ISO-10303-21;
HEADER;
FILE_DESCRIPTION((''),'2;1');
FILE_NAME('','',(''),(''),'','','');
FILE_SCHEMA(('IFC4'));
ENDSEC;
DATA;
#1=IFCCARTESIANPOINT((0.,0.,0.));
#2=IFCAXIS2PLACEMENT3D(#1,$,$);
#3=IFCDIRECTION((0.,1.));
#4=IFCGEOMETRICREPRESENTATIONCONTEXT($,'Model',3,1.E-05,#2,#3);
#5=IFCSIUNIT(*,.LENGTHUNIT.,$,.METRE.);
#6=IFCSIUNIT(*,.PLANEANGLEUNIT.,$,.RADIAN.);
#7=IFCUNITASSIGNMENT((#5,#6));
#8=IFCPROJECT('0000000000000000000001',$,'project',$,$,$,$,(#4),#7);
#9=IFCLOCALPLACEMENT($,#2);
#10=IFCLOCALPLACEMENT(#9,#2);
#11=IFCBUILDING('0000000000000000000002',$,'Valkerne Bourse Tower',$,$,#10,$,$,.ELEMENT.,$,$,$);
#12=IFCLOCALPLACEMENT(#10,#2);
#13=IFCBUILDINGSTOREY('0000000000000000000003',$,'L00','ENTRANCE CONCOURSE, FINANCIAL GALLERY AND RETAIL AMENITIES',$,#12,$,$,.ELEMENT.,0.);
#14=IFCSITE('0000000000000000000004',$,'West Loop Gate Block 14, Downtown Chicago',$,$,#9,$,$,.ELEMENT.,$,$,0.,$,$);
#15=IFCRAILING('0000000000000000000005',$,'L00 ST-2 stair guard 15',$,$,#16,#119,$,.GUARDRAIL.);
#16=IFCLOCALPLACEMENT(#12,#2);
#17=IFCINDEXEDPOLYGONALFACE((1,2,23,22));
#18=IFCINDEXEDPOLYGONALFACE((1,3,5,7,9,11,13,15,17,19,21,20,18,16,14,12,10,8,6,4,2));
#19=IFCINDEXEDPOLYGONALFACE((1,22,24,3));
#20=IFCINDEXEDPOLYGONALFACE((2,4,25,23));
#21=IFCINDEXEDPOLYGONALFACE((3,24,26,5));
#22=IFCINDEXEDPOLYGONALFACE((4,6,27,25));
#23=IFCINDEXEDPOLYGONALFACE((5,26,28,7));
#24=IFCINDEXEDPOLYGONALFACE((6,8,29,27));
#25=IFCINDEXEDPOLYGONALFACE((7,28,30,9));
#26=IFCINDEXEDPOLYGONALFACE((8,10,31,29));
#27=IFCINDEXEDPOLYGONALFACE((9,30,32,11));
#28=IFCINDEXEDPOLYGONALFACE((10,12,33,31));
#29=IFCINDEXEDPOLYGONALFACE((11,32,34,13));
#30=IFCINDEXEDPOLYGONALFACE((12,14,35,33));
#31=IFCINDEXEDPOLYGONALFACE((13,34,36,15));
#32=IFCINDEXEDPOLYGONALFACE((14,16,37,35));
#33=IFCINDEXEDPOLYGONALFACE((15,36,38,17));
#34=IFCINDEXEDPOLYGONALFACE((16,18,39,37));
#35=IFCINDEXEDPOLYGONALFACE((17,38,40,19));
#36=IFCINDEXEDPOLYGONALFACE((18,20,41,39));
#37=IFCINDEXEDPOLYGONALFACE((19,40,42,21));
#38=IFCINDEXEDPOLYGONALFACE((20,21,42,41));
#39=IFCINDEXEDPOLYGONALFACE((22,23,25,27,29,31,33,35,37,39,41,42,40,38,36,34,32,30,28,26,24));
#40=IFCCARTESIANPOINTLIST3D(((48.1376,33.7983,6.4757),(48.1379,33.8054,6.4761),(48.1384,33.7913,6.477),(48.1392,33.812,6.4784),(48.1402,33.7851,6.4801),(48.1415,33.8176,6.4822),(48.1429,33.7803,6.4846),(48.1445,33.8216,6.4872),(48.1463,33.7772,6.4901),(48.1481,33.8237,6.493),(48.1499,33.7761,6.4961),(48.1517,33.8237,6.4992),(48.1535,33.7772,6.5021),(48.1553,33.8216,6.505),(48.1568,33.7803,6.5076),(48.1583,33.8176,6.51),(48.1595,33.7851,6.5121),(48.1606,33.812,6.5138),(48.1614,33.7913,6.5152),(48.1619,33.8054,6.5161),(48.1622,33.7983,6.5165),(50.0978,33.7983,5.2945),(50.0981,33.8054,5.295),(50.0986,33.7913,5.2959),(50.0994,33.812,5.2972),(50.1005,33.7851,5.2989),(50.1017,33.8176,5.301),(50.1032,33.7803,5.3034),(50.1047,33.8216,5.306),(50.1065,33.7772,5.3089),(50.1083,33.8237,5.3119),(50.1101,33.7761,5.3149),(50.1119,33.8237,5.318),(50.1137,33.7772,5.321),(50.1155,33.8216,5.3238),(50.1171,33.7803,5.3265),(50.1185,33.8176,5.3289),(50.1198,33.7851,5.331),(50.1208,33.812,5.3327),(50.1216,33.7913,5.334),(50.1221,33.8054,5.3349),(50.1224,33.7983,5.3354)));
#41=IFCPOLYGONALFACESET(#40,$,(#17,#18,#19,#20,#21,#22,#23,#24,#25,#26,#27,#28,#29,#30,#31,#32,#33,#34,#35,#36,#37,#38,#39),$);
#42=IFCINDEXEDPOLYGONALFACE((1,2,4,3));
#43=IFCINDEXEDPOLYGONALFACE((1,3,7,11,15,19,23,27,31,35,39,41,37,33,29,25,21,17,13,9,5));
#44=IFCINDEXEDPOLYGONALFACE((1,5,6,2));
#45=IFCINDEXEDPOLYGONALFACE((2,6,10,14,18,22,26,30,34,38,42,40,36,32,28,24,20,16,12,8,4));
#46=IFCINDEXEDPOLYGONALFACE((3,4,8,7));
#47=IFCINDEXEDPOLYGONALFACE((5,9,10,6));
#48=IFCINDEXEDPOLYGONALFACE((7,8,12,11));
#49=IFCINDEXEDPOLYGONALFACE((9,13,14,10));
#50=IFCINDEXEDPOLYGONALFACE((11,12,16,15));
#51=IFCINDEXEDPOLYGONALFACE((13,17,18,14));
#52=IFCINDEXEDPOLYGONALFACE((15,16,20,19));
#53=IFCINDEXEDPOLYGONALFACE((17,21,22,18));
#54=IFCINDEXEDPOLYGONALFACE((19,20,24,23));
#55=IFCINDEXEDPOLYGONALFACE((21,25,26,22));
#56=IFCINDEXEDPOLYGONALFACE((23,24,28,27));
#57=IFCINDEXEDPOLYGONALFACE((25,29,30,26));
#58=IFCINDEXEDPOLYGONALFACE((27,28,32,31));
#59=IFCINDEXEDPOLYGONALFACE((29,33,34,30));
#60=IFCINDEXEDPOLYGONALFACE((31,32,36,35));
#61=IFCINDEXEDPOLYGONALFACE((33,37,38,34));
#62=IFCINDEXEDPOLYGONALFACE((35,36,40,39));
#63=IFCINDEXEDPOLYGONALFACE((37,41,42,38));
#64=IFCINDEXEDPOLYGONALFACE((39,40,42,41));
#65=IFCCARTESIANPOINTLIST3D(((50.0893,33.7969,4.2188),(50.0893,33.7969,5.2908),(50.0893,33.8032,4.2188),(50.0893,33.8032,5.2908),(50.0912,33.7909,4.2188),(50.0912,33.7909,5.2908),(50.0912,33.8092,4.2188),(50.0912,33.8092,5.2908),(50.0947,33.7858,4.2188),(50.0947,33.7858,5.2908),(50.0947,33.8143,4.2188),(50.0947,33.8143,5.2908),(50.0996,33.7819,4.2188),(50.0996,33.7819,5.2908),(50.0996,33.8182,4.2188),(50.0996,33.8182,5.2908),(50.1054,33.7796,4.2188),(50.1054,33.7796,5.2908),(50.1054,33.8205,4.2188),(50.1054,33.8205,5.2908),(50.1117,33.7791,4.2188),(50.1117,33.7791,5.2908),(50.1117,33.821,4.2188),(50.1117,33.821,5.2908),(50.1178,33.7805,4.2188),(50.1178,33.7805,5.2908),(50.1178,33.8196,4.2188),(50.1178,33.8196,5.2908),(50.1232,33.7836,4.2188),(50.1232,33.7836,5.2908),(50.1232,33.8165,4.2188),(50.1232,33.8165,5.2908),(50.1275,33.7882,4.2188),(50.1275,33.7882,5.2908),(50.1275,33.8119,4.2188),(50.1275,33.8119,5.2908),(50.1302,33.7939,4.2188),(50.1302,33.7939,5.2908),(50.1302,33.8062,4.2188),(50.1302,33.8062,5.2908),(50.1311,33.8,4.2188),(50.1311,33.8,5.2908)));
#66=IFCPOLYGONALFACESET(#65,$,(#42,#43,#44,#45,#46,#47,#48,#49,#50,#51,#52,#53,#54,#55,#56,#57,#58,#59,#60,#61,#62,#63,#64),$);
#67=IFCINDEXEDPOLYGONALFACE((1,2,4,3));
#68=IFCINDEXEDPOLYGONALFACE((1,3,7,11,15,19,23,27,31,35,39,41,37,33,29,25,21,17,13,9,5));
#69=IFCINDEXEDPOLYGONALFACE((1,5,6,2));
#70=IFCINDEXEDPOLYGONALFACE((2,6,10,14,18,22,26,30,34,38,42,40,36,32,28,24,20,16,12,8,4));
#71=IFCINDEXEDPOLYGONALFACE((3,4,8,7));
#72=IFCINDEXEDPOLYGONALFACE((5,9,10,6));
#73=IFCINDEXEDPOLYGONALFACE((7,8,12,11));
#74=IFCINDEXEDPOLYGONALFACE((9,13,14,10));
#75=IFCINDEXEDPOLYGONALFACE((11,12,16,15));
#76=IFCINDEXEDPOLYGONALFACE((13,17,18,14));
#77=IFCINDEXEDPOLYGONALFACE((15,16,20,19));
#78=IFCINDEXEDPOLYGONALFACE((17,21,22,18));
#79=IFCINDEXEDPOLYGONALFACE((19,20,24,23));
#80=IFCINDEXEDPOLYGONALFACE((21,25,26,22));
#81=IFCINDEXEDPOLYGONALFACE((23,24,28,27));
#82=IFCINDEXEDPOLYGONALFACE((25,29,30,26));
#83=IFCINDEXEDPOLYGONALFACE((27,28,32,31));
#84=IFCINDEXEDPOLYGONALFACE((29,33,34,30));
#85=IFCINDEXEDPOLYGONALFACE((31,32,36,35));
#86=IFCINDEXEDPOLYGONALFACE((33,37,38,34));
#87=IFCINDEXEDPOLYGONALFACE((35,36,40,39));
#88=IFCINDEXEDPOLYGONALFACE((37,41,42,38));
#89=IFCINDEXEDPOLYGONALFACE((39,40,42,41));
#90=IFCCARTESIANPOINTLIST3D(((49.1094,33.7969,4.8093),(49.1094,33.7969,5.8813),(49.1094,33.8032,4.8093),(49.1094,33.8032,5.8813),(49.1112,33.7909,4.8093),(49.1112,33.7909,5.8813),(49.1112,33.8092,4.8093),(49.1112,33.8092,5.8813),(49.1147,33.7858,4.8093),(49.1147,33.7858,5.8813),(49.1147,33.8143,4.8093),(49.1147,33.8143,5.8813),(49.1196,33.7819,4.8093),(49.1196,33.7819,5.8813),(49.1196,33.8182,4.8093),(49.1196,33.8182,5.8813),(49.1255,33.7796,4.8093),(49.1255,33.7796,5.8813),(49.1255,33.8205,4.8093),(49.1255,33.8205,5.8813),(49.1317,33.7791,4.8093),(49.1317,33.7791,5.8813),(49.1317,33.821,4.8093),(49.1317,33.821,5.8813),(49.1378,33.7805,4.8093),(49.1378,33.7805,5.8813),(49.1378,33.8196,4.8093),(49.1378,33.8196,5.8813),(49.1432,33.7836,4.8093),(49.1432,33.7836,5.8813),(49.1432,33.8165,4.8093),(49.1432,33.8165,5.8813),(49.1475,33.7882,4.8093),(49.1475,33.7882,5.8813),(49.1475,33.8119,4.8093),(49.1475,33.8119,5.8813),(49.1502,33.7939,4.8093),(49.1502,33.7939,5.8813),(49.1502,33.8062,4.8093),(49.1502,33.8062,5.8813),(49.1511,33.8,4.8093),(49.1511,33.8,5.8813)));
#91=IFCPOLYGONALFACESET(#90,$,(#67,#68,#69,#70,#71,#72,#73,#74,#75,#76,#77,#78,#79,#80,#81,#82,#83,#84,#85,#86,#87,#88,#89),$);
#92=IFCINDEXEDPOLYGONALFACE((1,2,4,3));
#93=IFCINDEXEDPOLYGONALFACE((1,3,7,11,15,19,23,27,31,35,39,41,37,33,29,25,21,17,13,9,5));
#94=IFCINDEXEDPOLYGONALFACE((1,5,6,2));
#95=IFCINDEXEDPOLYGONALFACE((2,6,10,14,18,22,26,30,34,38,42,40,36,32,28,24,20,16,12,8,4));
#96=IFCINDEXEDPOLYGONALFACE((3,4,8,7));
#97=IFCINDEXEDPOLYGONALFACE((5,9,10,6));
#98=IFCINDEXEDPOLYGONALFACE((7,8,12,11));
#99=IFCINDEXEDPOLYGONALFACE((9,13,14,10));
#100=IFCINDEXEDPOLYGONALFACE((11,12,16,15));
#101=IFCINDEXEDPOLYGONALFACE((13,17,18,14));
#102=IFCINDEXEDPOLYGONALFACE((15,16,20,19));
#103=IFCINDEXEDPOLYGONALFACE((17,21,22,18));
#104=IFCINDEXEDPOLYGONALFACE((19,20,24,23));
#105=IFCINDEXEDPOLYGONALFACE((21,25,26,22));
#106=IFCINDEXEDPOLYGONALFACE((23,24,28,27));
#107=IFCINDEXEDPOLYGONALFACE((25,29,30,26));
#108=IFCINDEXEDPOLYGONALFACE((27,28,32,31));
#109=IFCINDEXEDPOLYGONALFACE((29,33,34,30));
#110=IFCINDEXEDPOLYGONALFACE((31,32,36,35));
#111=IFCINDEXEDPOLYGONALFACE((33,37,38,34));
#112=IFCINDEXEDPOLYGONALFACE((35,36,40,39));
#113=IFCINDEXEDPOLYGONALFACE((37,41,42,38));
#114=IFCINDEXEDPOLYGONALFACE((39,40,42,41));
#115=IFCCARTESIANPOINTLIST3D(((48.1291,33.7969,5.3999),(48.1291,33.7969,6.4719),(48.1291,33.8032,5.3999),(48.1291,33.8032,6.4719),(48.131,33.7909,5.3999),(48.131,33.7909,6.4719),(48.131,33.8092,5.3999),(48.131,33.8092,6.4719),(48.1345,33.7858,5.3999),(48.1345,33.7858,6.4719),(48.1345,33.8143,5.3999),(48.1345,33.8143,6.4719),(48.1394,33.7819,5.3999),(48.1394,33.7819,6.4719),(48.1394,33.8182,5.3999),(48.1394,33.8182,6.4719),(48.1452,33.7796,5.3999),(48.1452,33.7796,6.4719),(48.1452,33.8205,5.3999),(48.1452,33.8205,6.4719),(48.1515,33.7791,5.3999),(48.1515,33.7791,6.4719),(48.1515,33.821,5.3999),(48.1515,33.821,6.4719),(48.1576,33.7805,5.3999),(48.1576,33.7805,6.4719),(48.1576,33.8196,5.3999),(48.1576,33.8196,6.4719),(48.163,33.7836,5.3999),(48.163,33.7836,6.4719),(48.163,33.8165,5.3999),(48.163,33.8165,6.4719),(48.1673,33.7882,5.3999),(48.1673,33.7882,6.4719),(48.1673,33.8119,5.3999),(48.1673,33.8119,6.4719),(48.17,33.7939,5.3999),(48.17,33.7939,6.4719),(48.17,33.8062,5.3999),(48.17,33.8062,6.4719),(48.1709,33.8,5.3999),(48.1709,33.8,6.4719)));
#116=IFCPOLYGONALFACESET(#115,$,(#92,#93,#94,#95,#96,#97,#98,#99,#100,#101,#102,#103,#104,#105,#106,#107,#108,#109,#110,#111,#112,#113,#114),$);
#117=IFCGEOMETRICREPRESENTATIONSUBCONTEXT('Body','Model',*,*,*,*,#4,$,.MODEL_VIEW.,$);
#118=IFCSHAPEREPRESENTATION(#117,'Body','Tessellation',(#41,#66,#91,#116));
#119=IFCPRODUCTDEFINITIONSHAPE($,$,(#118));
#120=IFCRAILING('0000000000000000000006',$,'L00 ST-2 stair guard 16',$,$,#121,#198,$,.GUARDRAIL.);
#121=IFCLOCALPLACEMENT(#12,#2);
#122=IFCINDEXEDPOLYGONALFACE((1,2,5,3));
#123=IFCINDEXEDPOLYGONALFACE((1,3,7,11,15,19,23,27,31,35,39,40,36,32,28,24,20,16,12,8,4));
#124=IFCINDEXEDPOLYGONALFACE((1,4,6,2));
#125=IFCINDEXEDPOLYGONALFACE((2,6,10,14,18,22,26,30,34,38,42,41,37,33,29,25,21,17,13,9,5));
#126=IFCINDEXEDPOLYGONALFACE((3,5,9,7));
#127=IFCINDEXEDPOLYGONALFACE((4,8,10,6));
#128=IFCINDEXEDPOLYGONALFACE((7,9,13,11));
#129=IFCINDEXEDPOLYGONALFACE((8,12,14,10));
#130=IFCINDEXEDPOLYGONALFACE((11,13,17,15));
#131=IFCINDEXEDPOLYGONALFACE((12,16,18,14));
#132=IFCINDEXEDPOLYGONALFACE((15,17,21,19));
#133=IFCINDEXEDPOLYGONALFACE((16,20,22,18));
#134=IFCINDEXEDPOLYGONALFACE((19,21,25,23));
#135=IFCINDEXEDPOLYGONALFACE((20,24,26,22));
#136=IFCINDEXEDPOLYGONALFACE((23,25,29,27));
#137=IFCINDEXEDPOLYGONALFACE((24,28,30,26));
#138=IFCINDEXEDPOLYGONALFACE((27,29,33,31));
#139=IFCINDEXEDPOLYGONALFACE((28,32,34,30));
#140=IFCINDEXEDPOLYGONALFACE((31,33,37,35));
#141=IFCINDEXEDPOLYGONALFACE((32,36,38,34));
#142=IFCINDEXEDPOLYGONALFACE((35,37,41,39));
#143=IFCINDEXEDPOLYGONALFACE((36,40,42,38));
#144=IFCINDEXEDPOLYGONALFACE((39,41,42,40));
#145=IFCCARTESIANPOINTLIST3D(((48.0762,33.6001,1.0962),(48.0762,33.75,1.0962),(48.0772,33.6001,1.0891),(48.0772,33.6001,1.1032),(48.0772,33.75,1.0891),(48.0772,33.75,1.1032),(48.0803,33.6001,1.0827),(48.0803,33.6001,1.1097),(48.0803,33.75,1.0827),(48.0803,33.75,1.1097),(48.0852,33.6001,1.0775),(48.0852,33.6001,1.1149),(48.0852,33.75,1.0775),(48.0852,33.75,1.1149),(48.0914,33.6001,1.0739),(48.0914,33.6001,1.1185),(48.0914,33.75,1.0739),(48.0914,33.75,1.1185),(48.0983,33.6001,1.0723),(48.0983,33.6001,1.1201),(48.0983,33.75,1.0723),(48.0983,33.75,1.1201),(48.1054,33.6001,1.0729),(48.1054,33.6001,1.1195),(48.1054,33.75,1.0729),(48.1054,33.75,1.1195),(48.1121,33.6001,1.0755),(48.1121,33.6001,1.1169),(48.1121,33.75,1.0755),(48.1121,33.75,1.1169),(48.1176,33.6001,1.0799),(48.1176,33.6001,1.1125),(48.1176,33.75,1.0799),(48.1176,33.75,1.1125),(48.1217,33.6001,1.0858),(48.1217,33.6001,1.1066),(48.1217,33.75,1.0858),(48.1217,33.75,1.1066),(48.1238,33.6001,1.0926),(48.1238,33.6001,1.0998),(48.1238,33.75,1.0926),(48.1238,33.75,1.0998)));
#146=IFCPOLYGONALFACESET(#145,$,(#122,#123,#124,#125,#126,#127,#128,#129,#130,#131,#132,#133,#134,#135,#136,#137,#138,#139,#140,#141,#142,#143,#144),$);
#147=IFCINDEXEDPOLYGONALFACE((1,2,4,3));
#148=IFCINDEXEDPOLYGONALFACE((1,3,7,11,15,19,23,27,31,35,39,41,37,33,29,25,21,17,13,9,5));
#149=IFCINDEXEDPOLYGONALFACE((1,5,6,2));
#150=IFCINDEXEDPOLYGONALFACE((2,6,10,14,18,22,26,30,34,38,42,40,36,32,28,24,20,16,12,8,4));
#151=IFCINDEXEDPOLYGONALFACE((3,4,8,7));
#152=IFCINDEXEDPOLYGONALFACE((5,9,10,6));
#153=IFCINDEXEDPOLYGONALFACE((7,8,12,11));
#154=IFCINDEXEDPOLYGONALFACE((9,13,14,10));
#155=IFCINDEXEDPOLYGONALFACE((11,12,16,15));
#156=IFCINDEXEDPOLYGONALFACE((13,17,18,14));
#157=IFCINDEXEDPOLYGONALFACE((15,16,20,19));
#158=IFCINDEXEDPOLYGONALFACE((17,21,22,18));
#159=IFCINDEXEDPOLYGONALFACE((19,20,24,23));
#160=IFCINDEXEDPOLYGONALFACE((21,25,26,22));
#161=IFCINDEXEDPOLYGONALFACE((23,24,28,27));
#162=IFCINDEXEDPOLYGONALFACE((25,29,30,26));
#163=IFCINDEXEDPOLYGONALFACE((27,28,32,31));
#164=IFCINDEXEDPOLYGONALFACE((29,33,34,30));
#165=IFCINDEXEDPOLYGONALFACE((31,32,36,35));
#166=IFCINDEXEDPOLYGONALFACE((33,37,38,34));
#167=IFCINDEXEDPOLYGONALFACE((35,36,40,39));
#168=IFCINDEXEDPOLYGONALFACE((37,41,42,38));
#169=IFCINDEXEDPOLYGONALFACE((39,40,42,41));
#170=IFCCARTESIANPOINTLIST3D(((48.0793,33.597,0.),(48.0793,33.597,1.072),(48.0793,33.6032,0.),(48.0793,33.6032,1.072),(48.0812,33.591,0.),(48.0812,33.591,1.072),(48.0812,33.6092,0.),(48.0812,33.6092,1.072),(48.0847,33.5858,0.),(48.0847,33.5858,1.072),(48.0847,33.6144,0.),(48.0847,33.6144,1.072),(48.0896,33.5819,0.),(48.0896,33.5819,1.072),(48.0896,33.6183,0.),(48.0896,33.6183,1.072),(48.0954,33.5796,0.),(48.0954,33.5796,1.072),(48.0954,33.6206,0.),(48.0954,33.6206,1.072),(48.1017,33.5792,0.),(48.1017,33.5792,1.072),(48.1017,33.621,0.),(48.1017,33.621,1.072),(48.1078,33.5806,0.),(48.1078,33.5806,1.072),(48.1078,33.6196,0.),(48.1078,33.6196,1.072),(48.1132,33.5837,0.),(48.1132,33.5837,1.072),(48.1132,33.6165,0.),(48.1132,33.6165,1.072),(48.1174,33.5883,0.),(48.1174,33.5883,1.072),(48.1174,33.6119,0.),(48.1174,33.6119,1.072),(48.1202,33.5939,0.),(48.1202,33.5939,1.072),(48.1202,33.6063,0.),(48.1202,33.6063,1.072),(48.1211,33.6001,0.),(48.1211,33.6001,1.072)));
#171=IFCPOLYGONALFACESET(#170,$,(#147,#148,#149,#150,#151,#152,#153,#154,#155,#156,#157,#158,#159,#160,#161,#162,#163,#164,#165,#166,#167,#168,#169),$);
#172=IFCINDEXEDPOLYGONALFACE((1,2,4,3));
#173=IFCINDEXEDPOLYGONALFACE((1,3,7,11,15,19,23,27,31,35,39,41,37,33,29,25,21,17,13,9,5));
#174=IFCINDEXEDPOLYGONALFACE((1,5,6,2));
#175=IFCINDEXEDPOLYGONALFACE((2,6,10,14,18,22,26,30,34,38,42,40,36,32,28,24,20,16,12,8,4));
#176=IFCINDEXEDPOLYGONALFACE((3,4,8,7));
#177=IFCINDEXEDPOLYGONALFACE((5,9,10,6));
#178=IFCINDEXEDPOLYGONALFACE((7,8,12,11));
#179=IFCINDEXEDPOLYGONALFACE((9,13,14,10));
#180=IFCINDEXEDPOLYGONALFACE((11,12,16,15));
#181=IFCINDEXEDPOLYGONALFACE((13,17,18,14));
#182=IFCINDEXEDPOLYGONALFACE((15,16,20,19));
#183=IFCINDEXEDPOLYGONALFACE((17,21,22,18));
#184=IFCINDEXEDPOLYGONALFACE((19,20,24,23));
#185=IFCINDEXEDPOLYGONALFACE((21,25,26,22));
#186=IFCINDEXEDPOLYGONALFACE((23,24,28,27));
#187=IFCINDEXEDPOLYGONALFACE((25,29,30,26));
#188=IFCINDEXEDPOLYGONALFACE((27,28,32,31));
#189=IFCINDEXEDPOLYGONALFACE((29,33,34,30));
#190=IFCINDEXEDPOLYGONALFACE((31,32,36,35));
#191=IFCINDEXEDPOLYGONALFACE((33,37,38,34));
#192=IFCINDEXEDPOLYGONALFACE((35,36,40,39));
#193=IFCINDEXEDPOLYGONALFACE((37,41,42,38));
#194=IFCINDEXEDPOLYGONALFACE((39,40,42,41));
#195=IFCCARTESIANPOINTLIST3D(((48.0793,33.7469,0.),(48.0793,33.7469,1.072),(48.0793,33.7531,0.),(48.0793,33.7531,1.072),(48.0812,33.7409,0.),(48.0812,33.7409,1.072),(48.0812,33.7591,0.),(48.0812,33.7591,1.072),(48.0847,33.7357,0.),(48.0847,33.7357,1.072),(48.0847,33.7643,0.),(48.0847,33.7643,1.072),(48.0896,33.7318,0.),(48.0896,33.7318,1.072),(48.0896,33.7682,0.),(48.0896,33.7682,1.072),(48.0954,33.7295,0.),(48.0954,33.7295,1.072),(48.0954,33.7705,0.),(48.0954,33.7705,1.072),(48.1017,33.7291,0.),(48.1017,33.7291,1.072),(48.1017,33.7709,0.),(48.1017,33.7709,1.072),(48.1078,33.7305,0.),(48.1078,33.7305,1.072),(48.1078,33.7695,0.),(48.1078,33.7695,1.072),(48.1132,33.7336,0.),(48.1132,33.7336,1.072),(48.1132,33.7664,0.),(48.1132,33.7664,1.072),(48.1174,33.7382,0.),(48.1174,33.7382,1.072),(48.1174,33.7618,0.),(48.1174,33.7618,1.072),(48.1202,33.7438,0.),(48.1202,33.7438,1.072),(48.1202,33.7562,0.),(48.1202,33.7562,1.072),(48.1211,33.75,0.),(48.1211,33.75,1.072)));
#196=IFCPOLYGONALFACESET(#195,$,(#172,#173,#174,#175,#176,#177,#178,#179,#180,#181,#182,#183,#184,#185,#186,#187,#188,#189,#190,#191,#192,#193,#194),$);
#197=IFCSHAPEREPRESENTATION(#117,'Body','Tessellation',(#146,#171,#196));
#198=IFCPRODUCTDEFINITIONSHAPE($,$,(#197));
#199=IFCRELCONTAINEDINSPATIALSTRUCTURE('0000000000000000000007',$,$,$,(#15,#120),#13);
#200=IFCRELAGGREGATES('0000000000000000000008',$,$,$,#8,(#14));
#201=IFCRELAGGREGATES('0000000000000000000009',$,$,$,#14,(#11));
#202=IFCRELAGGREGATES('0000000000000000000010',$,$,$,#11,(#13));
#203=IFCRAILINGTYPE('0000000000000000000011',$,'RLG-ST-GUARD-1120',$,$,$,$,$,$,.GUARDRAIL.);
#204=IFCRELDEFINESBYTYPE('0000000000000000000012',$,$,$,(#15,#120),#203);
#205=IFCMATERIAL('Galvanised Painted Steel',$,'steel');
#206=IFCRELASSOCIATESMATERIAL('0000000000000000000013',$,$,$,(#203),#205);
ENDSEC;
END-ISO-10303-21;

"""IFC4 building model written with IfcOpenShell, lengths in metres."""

from ifc_helpers import new_model, si_unit, direction, frame, origin, origin_2d, place, context, subcontext, project, spatial, circle, extrude, material, type_object, element, save


model = new_model("IFC4")

# Units and contexts
model_context = context("Model", 3, precision=1e-05, world=origin(), true_north=direction((0.0, 1.0)))
body_context = subcontext(model_context, "Body", "Model", "MODEL_VIEW")
ifc_project = project(units=[si_unit("LENGTHUNIT", "METRE"), si_unit("PLANEANGLEUNIT", "RADIAN")], contexts=[model_context])

# Site, building, storey
site_placement = place(None, origin())
site = spatial("IfcSite", under=ifc_project, at=site_placement, Name="West Loop Gate Block 14, Downtown Chicago", CompositionType="ELEMENT", RefElevation=0.0)
building_placement = place(site_placement, origin())
building = spatial("IfcBuilding", under=site, at=building_placement, Name="Valkerne Bourse Tower", CompositionType="ELEMENT")
storey_placement = place(building_placement, origin())
storey = spatial("IfcBuildingStorey", under=building, at=storey_placement, Name="L00", Description="ENTRANCE CONCOURSE, FINANCIAL GALLERY AND RETAIL AMENITIES", CompositionType="ELEMENT", Elevation=0.0)

# Railings
ifc_material_1 = material(Name="Galvanised Painted Steel", Category="steel")
railing_type_1 = type_object("IfcRailingType", Name="RLG-ST-GUARD-1120", PredefinedType="GUARDRAIL", material=ifc_material_1)
railing_1_placement = place(storey_placement, frame((50.1101, 33.8, 4.2188)))
element("IfcRailing", 1, at=railing_1_placement, inside=storey, type_object=railing_type_1, Name="L00 ST-2 stair guard 15", PredefinedType="GUARDRAIL", context=body_context, shape_type="SweptSolid", body=[
    extrude(circle(Radius=0.0239, at=origin_2d()), frame((0.0, 0.0, 1.0962), z_axis=(-0.856522, 0.0, 0.516111), x_axis=(0.0, -1.0, 0.0)), (0.0, 0.0, 1.0), 2.2886),
    extrude(circle(Radius=0.021, at=origin_2d()), origin(), (0.0, 0.0, 1.0), 1.072),
    extrude(circle(Radius=0.021, at=origin_2d()), frame((-0.98, 0.0, 0.5906)), (0.0, 0.0, 1.0), 1.072),
    extrude(circle(Radius=0.021, at=origin_2d()), frame((-1.9602, 0.0, 1.1812)), (0.0, 0.0, 1.0), 1.072),
])
railing_2_placement = place(storey_placement, frame((48.1001, 33.6001, 0.0)))
element("IfcRailing", 2, at=railing_2_placement, inside=storey, type_object=railing_type_1, Name="L00 ST-2 stair guard 16", PredefinedType="GUARDRAIL", context=body_context, shape_type="SweptSolid", body=[
    extrude(circle(Radius=0.0239, at=origin_2d()), frame((0.0, 0.0, 1.0962), z_axis=(0.0, 1.0, 0.0), x_axis=(-1.0, 0.0, 0.0)), (0.0, 0.0, 1.0), 0.1499),
    extrude(circle(Radius=0.021, at=origin_2d()), origin(), (0.0, 0.0, 1.0), 1.072),
    extrude(circle(Radius=0.021, at=origin_2d()), frame((0.0, 0.1499, 0.0)), (0.0, 0.0, 1.0), 1.072),
])

save(model, "model.ifc")
